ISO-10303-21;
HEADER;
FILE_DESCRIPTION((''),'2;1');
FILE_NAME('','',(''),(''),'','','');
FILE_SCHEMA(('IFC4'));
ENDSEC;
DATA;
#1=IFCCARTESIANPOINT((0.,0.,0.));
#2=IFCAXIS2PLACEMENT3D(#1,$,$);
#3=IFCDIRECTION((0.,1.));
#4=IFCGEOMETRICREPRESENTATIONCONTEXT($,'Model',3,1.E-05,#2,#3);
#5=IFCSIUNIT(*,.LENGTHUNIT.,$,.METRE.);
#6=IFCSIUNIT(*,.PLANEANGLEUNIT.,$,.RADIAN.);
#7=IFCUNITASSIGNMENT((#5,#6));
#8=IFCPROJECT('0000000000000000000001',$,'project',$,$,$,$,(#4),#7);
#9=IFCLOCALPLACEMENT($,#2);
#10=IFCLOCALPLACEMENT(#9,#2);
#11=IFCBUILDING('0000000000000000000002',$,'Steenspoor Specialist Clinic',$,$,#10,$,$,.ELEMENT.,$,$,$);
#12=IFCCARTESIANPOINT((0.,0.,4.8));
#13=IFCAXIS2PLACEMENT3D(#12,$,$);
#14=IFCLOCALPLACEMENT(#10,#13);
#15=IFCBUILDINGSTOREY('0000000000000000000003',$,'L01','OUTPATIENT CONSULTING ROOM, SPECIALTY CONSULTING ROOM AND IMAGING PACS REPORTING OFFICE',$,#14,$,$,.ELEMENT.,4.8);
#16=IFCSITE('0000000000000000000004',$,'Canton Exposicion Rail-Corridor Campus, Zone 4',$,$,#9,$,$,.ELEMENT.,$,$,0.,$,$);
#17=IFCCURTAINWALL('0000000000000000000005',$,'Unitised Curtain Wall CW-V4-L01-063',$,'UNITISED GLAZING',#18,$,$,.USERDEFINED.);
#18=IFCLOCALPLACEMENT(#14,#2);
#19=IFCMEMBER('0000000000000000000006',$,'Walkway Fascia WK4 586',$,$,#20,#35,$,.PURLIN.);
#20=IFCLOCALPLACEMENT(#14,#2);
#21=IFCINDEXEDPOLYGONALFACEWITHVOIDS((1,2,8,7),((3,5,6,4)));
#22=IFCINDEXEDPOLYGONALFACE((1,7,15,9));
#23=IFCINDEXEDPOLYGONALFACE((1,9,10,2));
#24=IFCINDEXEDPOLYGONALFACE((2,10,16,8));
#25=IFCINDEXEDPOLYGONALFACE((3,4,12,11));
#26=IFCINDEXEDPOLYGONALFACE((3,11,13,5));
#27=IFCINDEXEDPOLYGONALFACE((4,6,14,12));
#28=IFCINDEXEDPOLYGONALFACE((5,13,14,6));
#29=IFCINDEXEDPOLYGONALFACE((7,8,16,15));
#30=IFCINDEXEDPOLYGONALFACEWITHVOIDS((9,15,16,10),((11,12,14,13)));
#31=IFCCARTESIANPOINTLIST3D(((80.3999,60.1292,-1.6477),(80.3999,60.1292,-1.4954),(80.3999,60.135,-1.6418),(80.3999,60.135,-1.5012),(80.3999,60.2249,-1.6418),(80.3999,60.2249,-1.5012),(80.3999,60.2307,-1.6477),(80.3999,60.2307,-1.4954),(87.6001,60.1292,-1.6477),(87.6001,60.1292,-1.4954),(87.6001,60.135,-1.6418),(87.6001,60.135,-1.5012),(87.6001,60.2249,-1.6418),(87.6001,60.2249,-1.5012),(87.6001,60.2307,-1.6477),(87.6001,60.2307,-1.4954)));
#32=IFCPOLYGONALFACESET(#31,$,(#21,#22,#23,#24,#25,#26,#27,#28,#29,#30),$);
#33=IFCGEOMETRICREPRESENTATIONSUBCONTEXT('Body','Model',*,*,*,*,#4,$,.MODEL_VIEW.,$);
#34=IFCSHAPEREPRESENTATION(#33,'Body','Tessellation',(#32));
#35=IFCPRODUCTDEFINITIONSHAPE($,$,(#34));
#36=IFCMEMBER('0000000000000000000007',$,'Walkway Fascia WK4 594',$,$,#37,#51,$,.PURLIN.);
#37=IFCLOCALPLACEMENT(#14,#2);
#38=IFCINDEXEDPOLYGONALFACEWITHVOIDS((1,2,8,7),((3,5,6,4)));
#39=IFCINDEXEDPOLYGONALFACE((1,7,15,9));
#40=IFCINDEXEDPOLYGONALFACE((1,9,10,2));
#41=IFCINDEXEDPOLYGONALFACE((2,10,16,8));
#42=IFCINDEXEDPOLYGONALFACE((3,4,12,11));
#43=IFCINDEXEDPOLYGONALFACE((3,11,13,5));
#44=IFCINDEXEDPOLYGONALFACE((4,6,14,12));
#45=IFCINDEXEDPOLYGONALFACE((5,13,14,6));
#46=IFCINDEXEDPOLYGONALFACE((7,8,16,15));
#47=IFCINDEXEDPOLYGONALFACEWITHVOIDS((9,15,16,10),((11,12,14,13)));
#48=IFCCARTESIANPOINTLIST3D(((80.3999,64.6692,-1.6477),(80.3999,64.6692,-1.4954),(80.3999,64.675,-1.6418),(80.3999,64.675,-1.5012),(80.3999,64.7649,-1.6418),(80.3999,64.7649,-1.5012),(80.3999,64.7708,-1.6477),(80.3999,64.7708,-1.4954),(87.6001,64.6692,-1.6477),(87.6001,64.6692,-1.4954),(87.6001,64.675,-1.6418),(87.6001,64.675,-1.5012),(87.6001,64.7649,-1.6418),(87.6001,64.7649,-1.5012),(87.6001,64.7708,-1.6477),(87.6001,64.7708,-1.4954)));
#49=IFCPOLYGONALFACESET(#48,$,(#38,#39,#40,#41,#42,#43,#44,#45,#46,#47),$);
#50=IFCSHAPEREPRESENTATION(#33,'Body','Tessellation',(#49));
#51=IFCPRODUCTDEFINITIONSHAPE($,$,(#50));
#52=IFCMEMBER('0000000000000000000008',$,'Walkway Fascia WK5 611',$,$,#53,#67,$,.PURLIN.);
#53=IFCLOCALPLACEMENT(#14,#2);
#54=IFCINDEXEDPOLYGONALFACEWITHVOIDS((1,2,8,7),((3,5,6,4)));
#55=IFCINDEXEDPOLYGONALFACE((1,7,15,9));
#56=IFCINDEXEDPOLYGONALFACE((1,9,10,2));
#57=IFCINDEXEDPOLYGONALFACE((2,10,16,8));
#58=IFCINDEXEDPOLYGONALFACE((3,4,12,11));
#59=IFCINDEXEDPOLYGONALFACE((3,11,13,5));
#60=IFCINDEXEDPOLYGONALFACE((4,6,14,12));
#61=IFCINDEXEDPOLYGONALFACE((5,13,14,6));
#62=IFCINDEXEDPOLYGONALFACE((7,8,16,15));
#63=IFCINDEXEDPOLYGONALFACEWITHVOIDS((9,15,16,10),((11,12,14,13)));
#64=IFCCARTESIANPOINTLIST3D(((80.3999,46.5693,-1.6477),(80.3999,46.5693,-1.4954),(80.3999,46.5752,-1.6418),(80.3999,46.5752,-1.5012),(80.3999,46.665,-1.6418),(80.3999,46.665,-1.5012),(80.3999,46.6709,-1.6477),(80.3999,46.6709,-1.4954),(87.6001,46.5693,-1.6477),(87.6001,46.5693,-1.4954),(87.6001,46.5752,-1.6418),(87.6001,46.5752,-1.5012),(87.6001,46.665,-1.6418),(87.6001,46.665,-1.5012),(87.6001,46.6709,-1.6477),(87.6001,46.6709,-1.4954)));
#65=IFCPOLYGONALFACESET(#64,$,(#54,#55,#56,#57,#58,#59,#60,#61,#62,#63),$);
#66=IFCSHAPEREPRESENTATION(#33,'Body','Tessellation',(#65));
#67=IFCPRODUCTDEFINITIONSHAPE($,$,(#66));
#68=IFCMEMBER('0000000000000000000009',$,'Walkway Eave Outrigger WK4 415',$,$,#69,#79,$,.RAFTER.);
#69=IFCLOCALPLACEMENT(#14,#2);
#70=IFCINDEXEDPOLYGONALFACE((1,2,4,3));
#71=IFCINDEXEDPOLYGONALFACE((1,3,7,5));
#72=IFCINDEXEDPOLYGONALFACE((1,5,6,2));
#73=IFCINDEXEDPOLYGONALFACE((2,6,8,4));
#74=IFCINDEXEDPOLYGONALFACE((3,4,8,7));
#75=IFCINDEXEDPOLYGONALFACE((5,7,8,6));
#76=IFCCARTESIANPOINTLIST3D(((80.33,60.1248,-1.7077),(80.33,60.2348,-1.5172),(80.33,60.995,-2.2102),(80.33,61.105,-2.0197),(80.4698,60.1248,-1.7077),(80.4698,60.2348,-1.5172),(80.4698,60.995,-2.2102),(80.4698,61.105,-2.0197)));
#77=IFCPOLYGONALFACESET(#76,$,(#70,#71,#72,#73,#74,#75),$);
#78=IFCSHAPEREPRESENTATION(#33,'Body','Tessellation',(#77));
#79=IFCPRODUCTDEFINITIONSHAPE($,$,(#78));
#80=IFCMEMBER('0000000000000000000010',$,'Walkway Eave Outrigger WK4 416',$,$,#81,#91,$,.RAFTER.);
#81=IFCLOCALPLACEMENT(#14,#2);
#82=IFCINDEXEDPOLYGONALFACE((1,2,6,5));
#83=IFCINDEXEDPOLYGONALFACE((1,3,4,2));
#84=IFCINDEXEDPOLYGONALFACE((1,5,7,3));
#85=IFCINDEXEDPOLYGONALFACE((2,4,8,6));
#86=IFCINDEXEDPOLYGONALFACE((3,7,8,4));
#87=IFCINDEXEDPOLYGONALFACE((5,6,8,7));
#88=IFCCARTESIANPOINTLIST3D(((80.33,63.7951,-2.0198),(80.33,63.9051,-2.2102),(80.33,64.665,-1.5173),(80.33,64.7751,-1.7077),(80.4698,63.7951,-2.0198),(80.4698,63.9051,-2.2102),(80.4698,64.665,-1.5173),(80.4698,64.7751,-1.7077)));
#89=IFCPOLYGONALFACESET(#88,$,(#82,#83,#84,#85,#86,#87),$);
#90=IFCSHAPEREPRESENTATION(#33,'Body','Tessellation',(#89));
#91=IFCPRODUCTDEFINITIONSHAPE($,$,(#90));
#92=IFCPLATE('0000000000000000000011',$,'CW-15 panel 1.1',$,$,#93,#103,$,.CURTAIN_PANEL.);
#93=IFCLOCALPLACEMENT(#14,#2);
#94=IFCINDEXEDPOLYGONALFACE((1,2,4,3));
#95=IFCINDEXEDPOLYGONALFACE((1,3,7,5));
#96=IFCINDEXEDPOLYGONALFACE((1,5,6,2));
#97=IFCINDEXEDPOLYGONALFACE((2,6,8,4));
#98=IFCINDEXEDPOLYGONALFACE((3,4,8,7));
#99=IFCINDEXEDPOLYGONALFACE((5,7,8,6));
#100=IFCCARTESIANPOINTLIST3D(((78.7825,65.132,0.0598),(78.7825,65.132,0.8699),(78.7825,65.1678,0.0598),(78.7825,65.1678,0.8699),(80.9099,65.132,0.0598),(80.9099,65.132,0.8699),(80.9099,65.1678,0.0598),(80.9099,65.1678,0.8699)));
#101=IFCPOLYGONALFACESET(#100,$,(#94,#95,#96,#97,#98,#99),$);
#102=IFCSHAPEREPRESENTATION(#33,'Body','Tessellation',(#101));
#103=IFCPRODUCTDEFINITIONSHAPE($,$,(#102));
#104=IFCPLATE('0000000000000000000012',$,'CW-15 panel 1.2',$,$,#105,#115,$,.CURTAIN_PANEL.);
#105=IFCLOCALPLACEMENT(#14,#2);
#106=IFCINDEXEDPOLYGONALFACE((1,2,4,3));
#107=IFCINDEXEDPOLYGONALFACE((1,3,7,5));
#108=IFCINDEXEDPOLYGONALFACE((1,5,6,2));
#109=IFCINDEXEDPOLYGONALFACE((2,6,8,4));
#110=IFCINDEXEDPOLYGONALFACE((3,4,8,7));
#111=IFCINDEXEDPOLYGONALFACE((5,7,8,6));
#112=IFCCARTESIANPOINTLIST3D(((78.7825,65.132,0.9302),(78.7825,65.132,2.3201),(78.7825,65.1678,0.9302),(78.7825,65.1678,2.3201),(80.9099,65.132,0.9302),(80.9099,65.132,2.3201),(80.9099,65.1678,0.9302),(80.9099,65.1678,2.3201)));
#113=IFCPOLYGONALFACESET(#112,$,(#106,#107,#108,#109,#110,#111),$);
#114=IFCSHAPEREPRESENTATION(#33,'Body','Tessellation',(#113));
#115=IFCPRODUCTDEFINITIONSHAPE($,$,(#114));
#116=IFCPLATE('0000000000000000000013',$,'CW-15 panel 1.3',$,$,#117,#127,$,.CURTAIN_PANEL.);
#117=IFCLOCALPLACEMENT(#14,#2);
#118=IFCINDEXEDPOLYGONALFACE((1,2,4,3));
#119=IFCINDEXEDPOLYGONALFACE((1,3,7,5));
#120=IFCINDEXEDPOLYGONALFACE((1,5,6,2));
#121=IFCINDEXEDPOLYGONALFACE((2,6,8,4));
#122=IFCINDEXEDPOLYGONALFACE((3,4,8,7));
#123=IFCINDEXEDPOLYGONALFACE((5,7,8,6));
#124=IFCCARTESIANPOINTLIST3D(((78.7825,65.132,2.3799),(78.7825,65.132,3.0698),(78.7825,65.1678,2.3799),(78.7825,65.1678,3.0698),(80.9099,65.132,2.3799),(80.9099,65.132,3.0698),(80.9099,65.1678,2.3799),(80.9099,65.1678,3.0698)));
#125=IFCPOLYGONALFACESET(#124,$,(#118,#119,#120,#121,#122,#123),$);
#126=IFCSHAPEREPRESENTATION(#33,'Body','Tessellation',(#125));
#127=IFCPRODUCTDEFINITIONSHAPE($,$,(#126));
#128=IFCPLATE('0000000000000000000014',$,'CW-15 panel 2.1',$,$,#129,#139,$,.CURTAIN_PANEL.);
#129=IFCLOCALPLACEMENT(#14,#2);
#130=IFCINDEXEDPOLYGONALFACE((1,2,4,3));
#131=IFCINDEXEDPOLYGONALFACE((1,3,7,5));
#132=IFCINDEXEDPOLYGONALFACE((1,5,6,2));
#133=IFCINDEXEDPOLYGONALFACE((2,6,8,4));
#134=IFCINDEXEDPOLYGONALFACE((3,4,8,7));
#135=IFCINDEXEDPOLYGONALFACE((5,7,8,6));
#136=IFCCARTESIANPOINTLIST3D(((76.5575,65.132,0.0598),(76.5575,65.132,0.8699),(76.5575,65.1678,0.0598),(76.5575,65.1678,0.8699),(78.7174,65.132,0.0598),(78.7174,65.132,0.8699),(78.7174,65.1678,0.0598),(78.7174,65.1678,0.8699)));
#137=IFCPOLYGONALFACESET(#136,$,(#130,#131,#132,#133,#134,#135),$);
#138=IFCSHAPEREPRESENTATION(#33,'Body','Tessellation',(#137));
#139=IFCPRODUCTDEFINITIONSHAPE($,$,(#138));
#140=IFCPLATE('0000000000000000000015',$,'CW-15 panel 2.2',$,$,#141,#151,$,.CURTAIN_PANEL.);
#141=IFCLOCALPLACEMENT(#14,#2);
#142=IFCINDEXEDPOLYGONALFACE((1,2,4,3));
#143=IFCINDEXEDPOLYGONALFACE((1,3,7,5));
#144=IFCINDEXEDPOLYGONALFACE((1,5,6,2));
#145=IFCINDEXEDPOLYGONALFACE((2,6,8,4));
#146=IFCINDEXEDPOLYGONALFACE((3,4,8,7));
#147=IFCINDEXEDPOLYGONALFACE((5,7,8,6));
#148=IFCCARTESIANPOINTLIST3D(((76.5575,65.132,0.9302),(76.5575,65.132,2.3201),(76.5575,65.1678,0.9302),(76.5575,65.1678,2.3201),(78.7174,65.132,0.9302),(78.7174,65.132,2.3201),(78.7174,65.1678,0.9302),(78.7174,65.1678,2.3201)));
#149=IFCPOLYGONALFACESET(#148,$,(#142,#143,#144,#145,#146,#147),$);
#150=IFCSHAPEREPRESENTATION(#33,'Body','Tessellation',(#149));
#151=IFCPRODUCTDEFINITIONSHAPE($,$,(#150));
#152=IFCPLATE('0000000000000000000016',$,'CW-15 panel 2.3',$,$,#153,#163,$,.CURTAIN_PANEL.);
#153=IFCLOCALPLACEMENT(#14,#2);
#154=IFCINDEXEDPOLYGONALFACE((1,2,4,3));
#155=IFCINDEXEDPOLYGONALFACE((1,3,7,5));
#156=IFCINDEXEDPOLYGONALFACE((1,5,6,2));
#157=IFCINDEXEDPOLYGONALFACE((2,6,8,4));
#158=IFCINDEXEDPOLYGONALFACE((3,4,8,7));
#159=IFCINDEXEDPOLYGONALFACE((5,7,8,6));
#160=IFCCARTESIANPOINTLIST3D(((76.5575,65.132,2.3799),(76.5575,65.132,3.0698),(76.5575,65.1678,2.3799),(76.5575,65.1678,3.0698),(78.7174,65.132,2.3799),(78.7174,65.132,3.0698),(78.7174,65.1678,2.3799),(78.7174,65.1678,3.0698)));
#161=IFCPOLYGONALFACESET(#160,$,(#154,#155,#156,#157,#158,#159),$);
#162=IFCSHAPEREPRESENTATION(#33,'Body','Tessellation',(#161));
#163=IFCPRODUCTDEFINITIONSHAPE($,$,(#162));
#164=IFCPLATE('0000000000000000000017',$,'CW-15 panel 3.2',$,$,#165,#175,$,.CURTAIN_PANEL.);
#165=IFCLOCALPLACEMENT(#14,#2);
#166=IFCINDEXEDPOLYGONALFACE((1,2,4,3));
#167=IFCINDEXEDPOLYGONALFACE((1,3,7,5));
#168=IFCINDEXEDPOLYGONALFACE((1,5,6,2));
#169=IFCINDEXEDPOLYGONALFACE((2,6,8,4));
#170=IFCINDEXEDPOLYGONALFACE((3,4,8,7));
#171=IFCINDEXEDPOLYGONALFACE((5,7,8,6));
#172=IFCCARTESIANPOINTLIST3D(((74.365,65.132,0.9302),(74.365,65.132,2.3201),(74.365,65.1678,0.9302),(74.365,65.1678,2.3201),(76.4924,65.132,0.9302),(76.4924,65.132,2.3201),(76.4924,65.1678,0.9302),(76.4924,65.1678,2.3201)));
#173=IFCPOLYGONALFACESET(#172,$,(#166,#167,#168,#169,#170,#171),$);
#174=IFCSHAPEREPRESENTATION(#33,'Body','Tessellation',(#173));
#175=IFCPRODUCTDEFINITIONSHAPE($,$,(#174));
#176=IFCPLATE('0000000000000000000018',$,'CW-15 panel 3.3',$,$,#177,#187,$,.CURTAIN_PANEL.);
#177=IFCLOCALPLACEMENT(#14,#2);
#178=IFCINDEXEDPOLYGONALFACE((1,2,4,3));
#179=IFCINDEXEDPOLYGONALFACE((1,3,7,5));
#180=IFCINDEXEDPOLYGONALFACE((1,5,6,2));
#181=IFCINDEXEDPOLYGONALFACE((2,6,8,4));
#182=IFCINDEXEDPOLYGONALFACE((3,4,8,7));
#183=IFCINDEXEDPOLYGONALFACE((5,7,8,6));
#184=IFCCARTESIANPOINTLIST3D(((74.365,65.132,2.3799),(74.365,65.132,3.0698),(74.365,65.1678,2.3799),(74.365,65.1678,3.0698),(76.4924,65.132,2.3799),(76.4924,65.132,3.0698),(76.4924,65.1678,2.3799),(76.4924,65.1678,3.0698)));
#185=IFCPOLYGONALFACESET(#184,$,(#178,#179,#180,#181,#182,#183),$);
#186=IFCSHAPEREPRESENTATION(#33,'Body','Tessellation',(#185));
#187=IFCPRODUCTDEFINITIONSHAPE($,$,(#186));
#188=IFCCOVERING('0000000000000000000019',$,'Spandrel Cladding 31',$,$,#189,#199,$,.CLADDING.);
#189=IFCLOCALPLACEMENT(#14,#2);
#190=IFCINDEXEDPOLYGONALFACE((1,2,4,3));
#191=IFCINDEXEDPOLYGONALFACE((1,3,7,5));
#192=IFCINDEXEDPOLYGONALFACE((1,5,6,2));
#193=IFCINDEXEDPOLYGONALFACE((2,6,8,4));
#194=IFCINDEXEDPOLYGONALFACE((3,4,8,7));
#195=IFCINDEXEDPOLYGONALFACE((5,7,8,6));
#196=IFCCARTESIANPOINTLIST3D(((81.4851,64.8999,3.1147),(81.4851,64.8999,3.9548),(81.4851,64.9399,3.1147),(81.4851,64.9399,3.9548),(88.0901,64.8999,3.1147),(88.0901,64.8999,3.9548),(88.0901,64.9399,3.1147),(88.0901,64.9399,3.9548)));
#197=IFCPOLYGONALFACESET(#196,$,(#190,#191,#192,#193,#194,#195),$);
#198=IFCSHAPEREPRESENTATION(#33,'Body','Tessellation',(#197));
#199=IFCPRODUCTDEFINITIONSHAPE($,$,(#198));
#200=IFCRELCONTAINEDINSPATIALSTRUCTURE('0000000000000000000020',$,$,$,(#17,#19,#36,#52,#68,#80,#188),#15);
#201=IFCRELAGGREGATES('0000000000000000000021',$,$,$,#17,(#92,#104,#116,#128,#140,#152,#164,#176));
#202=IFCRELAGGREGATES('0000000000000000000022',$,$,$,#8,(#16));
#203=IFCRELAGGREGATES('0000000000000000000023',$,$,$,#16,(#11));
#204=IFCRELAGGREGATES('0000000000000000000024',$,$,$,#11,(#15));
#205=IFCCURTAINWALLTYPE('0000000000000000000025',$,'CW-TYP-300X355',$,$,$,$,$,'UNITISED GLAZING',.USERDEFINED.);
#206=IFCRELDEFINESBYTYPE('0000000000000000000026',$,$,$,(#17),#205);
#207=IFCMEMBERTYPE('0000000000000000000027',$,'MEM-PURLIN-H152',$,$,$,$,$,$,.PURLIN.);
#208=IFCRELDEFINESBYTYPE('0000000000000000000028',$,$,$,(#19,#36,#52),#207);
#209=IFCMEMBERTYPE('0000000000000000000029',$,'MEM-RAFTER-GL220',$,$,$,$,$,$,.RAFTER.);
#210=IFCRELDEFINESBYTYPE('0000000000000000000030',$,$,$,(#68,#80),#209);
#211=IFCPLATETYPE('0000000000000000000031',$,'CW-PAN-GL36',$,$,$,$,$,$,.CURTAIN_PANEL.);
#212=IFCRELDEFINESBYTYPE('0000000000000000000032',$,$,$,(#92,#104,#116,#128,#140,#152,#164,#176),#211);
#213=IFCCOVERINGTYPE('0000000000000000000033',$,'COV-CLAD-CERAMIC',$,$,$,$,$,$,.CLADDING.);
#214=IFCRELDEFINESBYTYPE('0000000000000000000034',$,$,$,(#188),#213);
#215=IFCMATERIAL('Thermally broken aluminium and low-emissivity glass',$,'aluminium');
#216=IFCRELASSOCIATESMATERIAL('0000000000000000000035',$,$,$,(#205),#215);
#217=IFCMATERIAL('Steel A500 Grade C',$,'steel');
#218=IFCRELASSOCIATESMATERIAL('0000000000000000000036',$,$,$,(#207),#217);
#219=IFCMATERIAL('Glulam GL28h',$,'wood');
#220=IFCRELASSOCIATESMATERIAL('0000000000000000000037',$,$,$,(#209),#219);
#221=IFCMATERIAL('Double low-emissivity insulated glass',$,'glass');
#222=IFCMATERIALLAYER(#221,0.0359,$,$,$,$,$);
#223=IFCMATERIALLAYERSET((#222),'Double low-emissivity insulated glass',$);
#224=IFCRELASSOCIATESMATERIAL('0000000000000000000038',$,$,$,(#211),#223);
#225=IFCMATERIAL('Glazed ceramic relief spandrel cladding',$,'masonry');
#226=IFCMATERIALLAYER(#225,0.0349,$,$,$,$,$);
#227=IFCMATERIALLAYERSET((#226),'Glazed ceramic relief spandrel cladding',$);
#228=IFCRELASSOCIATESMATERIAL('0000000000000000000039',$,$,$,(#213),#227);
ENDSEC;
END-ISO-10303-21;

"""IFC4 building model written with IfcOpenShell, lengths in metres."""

from ifc_helpers import new_model, si_unit, direction, frame, origin, origin_2d, place, context, subcontext, project, spatial, rectangle, hollow_rectangle, extrude, material, layer, layer_set, material_profile, profile_set, type_object, element, aggregate, save


model = new_model("IFC4")

# Units and contexts
model_context = context("Model", 3, precision=1e-05, world=origin(), true_north=direction((0.0, 1.0)))
body_context = subcontext(model_context, "Body", "Model", "MODEL_VIEW")
ifc_project = project(units=[si_unit("LENGTHUNIT", "METRE"), si_unit("PLANEANGLEUNIT", "RADIAN")], contexts=[model_context])

# Site, building, storey
site_placement = place(None, origin())
site = spatial("IfcSite", under=ifc_project, at=site_placement, Name="Canton Exposicion Rail-Corridor Campus, Zone 4", CompositionType="ELEMENT", RefElevation=0.0)
building_placement = place(site_placement, origin())
building = spatial("IfcBuilding", under=site, at=building_placement, Name="Steenspoor Specialist Clinic", CompositionType="ELEMENT")
storey_placement = place(building_placement, frame((0.0, 0.0, 4.8)))
storey = spatial("IfcBuildingStorey", under=building, at=storey_placement, Name="L01", Description="OUTPATIENT CONSULTING ROOM, SPECIALTY CONSULTING ROOM AND IMAGING PACS REPORTING OFFICE", CompositionType="ELEMENT", Elevation=4.8)

# Curtain wall
ifc_material_1 = material(Name="Thermally broken aluminium and low-emissivity glass", Category="aluminium")
curtain_wall_type = type_object("IfcCurtainWallType", Name="CW-TYP-300X355", ElementType="UNITISED GLAZING", PredefinedType="USERDEFINED", material=ifc_material_1)
curtain_wall_placement = place(storey_placement, origin())
curtain_wall = element("IfcCurtainWall", 1, at=curtain_wall_placement, inside=storey, type_object=curtain_wall_type, Name="Unitised Curtain Wall CW-V4-L01-063", ObjectType="UNITISED GLAZING", PredefinedType="USERDEFINED")

# Members
ifc_material_2 = material(Name="Steel A500 Grade C", Category="steel")
ifc_material_profile_1 = material_profile(ifc_material_2, hollow_rectangle(XDim=0.1016, YDim=0.1523, WallThickness=0.0059, at=origin_2d()), Name="HSS152X102X6.4")
ifc_profile_set_1 = profile_set([ifc_material_profile_1], Name="Steel A500 Grade C")
member_type_1 = type_object("IfcMemberType", Name="MEM-PURLIN-H152", PredefinedType="PURLIN", material=ifc_profile_set_1)
for number, where, z_axis, x_axis, name in (
    (2, (80.3999, 60.1799, -1.5715), (1.0, 0.0, 0.0), (0.0, 1.0, 0.0), "Walkway Fascia WK4 586"),
    (3, (80.3999, 64.72, -1.5715), (1.0, 0.0, 0.0), (0.0, 1.0, 0.0), "Walkway Fascia WK4 594"),
    (4, (80.3999, 46.6201, -1.5715), (1.0, 0.0, 0.0), (0.0, 1.0, 0.0), "Walkway Fascia WK5 611"),
):
    element("IfcMember", number, at=place(storey_placement, frame(where, z_axis=z_axis, x_axis=x_axis)), inside=storey, type_object=member_type_1, Name=name, PredefinedType="PURLIN", context=body_context, shape_type="SweptSolid", body=[
        extrude(hollow_rectangle(XDim=0.1016, YDim=0.1523, WallThickness=0.0059, at=origin_2d()), origin(), (0.0, 0.0, 1.0), 7.2002),
    ])
ifc_material_3 = material(Name="Glulam GL28h", Category="wood")
ifc_material_profile_2 = material_profile(ifc_material_3, rectangle(XDim=0.1399, YDim=0.22, at=origin_2d()), Name="GL28H-140X220")
ifc_profile_set_2 = profile_set([ifc_material_profile_2], Name="Glulam GL28h")
member_type_2 = type_object("IfcMemberType", Name="MEM-RAFTER-GL220", PredefinedType="RAFTER", material=ifc_profile_set_2)
member_1_placement = place(storey_placement, frame((80.3999, 61.05, -2.115), z_axis=(0.0, -0.865991, 0.500059), x_axis=(1.0, 0.0, 0.0)))
element("IfcMember", 5, at=member_1_placement, inside=storey, type_object=member_type_2, Name="Walkway Eave Outrigger WK4 415", PredefinedType="RAFTER", context=body_context, shape_type="SweptSolid", body=[
    extrude(rectangle(XDim=0.1399, YDim=0.22, at=origin_2d()), origin(), (0.0, 0.0, 1.0), 1.0049),
])
member_2_placement = place(storey_placement, frame((80.3999, 63.8501, -2.115), z_axis=(0.0, 0.865931, 0.500164), x_axis=(-1.0, 0.0, 0.0)))
element("IfcMember", 6, at=member_2_placement, inside=storey, type_object=member_type_2, Name="Walkway Eave Outrigger WK4 416", PredefinedType="RAFTER", context=body_context, shape_type="SweptSolid", body=[
    extrude(rectangle(XDim=0.1399, YDim=0.22, at=origin_2d()), origin(), (0.0, 0.0, 1.0), 1.0046),
])

# Plates
ifc_material_4 = material(Name="Double low-emissivity insulated glass", Category="glass")
ifc_layer_1 = layer(ifc_material_4, 0.0359)
ifc_layer_set_1 = layer_set([ifc_layer_1], Name="Double low-emissivity insulated glass")
plate_type = type_object("IfcPlateType", Name="CW-PAN-GL36", PredefinedType="CURTAIN_PANEL", material=ifc_layer_set_1)
plate_1_placement = place(storey_placement, frame((79.8462, 65.1499, 0.0598), z_axis=(0.0, 0.0, 1.0), x_axis=(-1.0, 0.0, 0.0)))
plate_1 = element("IfcPlate", 7, at=plate_1_placement, type_object=plate_type, Name="CW-15 panel 1.1", PredefinedType="CURTAIN_PANEL", context=body_context, shape_type="SweptSolid", body=[
    extrude(rectangle(XDim=2.1274, YDim=0.0359, at=origin_2d()), origin(), (0.0, 0.0, 1.0), 0.8101),
])
plate_2_placement = place(storey_placement, frame((79.8462, 65.1499, 0.9302), z_axis=(0.0, 0.0, 1.0), x_axis=(-1.0, 0.0, 0.0)))
plate_2 = element("IfcPlate", 8, at=plate_2_placement, type_object=plate_type, Name="CW-15 panel 1.2", PredefinedType="CURTAIN_PANEL", context=body_context, shape_type="SweptSolid", body=[
    extrude(rectangle(XDim=2.1274, YDim=0.0359, at=origin_2d()), origin(), (0.0, 0.0, 1.0), 1.3899),
])
plate_3_placement = place(storey_placement, frame((79.8462, 65.1499, 2.3799), z_axis=(0.0, 0.0, 1.0), x_axis=(-1.0, 0.0, 0.0)))
plate_3 = element("IfcPlate", 9, at=plate_3_placement, type_object=plate_type, Name="CW-15 panel 1.3", PredefinedType="CURTAIN_PANEL", context=body_context, shape_type="SweptSolid", body=[
    extrude(rectangle(XDim=2.1274, YDim=0.0359, at=origin_2d()), origin(), (0.0, 0.0, 1.0), 0.6899),
])
plate_4_placement = place(storey_placement, frame((77.6375, 65.1499, 0.0598), z_axis=(0.0, 0.0, 1.0), x_axis=(-1.0, 0.0, 0.0)))
plate_4 = element("IfcPlate", 10, at=plate_4_placement, type_object=plate_type, Name="CW-15 panel 2.1", PredefinedType="CURTAIN_PANEL", context=body_context, shape_type="SweptSolid", body=[
    extrude(rectangle(XDim=2.1599, YDim=0.0359, at=origin_2d()), origin(), (0.0, 0.0, 1.0), 0.8101),
])
plate_5_placement = place(storey_placement, frame((77.6375, 65.1499, 0.9302), z_axis=(0.0, 0.0, 1.0), x_axis=(-1.0, 0.0, 0.0)))
plate_5 = element("IfcPlate", 11, at=plate_5_placement, type_object=plate_type, Name="CW-15 panel 2.2", PredefinedType="CURTAIN_PANEL", context=body_context, shape_type="SweptSolid", body=[
    extrude(rectangle(XDim=2.1599, YDim=0.0359, at=origin_2d()), origin(), (0.0, 0.0, 1.0), 1.3899),
])
plate_6_placement = place(storey_placement, frame((77.6375, 65.1499, 2.3799), z_axis=(0.0, 0.0, 1.0), x_axis=(-1.0, 0.0, 0.0)))
plate_6 = element("IfcPlate", 12, at=plate_6_placement, type_object=plate_type, Name="CW-15 panel 2.3", PredefinedType="CURTAIN_PANEL", context=body_context, shape_type="SweptSolid", body=[
    extrude(rectangle(XDim=2.1599, YDim=0.0359, at=origin_2d()), origin(), (0.0, 0.0, 1.0), 0.6899),
])
plate_7_placement = place(storey_placement, frame((75.4287, 65.1499, 0.9302), z_axis=(0.0, 0.0, 1.0), x_axis=(-1.0, 0.0, 0.0)))
plate_7 = element("IfcPlate", 13, at=plate_7_placement, type_object=plate_type, Name="CW-15 panel 3.2", PredefinedType="CURTAIN_PANEL", context=body_context, shape_type="SweptSolid", body=[
    extrude(rectangle(XDim=2.1274, YDim=0.0359, at=origin_2d()), origin(), (0.0, 0.0, 1.0), 1.3899),
])
plate_8_placement = place(storey_placement, frame((75.4287, 65.1499, 2.3799), z_axis=(0.0, 0.0, 1.0), x_axis=(-1.0, 0.0, 0.0)))
plate_8 = element("IfcPlate", 14, at=plate_8_placement, type_object=plate_type, Name="CW-15 panel 3.3", PredefinedType="CURTAIN_PANEL", context=body_context, shape_type="SweptSolid", body=[
    extrude(rectangle(XDim=2.1274, YDim=0.0359, at=origin_2d()), origin(), (0.0, 0.0, 1.0), 0.6899),
])
aggregate(curtain_wall, [plate_1, plate_2, plate_3, plate_4, plate_5, plate_6, plate_7, plate_8])

# Covering
ifc_material_5 = material(Name="Glazed ceramic relief spandrel cladding", Category="masonry")
ifc_layer_2 = layer(ifc_material_5, 0.0349)
ifc_layer_set_2 = layer_set([ifc_layer_2], Name="Glazed ceramic relief spandrel cladding")
covering_type = type_object("IfcCoveringType", Name="COV-CLAD-CERAMIC", PredefinedType="CLADDING", material=ifc_layer_set_2)
covering_placement = place(storey_placement, frame((84.7876, 64.9199, 3.1147), z_axis=(0.0, 0.0, 1.0), x_axis=(-1.0, 0.0, 0.0)))
element("IfcCovering", 15, at=covering_placement, inside=storey, type_object=covering_type, Name="Spandrel Cladding 31", PredefinedType="CLADDING", context=body_context, shape_type="SweptSolid", body=[
    extrude(rectangle(XDim=6.605, YDim=0.04, at=origin_2d()), origin(), (0.0, 0.0, 1.0), 0.8401),
])

save(model, "model.ifc")
